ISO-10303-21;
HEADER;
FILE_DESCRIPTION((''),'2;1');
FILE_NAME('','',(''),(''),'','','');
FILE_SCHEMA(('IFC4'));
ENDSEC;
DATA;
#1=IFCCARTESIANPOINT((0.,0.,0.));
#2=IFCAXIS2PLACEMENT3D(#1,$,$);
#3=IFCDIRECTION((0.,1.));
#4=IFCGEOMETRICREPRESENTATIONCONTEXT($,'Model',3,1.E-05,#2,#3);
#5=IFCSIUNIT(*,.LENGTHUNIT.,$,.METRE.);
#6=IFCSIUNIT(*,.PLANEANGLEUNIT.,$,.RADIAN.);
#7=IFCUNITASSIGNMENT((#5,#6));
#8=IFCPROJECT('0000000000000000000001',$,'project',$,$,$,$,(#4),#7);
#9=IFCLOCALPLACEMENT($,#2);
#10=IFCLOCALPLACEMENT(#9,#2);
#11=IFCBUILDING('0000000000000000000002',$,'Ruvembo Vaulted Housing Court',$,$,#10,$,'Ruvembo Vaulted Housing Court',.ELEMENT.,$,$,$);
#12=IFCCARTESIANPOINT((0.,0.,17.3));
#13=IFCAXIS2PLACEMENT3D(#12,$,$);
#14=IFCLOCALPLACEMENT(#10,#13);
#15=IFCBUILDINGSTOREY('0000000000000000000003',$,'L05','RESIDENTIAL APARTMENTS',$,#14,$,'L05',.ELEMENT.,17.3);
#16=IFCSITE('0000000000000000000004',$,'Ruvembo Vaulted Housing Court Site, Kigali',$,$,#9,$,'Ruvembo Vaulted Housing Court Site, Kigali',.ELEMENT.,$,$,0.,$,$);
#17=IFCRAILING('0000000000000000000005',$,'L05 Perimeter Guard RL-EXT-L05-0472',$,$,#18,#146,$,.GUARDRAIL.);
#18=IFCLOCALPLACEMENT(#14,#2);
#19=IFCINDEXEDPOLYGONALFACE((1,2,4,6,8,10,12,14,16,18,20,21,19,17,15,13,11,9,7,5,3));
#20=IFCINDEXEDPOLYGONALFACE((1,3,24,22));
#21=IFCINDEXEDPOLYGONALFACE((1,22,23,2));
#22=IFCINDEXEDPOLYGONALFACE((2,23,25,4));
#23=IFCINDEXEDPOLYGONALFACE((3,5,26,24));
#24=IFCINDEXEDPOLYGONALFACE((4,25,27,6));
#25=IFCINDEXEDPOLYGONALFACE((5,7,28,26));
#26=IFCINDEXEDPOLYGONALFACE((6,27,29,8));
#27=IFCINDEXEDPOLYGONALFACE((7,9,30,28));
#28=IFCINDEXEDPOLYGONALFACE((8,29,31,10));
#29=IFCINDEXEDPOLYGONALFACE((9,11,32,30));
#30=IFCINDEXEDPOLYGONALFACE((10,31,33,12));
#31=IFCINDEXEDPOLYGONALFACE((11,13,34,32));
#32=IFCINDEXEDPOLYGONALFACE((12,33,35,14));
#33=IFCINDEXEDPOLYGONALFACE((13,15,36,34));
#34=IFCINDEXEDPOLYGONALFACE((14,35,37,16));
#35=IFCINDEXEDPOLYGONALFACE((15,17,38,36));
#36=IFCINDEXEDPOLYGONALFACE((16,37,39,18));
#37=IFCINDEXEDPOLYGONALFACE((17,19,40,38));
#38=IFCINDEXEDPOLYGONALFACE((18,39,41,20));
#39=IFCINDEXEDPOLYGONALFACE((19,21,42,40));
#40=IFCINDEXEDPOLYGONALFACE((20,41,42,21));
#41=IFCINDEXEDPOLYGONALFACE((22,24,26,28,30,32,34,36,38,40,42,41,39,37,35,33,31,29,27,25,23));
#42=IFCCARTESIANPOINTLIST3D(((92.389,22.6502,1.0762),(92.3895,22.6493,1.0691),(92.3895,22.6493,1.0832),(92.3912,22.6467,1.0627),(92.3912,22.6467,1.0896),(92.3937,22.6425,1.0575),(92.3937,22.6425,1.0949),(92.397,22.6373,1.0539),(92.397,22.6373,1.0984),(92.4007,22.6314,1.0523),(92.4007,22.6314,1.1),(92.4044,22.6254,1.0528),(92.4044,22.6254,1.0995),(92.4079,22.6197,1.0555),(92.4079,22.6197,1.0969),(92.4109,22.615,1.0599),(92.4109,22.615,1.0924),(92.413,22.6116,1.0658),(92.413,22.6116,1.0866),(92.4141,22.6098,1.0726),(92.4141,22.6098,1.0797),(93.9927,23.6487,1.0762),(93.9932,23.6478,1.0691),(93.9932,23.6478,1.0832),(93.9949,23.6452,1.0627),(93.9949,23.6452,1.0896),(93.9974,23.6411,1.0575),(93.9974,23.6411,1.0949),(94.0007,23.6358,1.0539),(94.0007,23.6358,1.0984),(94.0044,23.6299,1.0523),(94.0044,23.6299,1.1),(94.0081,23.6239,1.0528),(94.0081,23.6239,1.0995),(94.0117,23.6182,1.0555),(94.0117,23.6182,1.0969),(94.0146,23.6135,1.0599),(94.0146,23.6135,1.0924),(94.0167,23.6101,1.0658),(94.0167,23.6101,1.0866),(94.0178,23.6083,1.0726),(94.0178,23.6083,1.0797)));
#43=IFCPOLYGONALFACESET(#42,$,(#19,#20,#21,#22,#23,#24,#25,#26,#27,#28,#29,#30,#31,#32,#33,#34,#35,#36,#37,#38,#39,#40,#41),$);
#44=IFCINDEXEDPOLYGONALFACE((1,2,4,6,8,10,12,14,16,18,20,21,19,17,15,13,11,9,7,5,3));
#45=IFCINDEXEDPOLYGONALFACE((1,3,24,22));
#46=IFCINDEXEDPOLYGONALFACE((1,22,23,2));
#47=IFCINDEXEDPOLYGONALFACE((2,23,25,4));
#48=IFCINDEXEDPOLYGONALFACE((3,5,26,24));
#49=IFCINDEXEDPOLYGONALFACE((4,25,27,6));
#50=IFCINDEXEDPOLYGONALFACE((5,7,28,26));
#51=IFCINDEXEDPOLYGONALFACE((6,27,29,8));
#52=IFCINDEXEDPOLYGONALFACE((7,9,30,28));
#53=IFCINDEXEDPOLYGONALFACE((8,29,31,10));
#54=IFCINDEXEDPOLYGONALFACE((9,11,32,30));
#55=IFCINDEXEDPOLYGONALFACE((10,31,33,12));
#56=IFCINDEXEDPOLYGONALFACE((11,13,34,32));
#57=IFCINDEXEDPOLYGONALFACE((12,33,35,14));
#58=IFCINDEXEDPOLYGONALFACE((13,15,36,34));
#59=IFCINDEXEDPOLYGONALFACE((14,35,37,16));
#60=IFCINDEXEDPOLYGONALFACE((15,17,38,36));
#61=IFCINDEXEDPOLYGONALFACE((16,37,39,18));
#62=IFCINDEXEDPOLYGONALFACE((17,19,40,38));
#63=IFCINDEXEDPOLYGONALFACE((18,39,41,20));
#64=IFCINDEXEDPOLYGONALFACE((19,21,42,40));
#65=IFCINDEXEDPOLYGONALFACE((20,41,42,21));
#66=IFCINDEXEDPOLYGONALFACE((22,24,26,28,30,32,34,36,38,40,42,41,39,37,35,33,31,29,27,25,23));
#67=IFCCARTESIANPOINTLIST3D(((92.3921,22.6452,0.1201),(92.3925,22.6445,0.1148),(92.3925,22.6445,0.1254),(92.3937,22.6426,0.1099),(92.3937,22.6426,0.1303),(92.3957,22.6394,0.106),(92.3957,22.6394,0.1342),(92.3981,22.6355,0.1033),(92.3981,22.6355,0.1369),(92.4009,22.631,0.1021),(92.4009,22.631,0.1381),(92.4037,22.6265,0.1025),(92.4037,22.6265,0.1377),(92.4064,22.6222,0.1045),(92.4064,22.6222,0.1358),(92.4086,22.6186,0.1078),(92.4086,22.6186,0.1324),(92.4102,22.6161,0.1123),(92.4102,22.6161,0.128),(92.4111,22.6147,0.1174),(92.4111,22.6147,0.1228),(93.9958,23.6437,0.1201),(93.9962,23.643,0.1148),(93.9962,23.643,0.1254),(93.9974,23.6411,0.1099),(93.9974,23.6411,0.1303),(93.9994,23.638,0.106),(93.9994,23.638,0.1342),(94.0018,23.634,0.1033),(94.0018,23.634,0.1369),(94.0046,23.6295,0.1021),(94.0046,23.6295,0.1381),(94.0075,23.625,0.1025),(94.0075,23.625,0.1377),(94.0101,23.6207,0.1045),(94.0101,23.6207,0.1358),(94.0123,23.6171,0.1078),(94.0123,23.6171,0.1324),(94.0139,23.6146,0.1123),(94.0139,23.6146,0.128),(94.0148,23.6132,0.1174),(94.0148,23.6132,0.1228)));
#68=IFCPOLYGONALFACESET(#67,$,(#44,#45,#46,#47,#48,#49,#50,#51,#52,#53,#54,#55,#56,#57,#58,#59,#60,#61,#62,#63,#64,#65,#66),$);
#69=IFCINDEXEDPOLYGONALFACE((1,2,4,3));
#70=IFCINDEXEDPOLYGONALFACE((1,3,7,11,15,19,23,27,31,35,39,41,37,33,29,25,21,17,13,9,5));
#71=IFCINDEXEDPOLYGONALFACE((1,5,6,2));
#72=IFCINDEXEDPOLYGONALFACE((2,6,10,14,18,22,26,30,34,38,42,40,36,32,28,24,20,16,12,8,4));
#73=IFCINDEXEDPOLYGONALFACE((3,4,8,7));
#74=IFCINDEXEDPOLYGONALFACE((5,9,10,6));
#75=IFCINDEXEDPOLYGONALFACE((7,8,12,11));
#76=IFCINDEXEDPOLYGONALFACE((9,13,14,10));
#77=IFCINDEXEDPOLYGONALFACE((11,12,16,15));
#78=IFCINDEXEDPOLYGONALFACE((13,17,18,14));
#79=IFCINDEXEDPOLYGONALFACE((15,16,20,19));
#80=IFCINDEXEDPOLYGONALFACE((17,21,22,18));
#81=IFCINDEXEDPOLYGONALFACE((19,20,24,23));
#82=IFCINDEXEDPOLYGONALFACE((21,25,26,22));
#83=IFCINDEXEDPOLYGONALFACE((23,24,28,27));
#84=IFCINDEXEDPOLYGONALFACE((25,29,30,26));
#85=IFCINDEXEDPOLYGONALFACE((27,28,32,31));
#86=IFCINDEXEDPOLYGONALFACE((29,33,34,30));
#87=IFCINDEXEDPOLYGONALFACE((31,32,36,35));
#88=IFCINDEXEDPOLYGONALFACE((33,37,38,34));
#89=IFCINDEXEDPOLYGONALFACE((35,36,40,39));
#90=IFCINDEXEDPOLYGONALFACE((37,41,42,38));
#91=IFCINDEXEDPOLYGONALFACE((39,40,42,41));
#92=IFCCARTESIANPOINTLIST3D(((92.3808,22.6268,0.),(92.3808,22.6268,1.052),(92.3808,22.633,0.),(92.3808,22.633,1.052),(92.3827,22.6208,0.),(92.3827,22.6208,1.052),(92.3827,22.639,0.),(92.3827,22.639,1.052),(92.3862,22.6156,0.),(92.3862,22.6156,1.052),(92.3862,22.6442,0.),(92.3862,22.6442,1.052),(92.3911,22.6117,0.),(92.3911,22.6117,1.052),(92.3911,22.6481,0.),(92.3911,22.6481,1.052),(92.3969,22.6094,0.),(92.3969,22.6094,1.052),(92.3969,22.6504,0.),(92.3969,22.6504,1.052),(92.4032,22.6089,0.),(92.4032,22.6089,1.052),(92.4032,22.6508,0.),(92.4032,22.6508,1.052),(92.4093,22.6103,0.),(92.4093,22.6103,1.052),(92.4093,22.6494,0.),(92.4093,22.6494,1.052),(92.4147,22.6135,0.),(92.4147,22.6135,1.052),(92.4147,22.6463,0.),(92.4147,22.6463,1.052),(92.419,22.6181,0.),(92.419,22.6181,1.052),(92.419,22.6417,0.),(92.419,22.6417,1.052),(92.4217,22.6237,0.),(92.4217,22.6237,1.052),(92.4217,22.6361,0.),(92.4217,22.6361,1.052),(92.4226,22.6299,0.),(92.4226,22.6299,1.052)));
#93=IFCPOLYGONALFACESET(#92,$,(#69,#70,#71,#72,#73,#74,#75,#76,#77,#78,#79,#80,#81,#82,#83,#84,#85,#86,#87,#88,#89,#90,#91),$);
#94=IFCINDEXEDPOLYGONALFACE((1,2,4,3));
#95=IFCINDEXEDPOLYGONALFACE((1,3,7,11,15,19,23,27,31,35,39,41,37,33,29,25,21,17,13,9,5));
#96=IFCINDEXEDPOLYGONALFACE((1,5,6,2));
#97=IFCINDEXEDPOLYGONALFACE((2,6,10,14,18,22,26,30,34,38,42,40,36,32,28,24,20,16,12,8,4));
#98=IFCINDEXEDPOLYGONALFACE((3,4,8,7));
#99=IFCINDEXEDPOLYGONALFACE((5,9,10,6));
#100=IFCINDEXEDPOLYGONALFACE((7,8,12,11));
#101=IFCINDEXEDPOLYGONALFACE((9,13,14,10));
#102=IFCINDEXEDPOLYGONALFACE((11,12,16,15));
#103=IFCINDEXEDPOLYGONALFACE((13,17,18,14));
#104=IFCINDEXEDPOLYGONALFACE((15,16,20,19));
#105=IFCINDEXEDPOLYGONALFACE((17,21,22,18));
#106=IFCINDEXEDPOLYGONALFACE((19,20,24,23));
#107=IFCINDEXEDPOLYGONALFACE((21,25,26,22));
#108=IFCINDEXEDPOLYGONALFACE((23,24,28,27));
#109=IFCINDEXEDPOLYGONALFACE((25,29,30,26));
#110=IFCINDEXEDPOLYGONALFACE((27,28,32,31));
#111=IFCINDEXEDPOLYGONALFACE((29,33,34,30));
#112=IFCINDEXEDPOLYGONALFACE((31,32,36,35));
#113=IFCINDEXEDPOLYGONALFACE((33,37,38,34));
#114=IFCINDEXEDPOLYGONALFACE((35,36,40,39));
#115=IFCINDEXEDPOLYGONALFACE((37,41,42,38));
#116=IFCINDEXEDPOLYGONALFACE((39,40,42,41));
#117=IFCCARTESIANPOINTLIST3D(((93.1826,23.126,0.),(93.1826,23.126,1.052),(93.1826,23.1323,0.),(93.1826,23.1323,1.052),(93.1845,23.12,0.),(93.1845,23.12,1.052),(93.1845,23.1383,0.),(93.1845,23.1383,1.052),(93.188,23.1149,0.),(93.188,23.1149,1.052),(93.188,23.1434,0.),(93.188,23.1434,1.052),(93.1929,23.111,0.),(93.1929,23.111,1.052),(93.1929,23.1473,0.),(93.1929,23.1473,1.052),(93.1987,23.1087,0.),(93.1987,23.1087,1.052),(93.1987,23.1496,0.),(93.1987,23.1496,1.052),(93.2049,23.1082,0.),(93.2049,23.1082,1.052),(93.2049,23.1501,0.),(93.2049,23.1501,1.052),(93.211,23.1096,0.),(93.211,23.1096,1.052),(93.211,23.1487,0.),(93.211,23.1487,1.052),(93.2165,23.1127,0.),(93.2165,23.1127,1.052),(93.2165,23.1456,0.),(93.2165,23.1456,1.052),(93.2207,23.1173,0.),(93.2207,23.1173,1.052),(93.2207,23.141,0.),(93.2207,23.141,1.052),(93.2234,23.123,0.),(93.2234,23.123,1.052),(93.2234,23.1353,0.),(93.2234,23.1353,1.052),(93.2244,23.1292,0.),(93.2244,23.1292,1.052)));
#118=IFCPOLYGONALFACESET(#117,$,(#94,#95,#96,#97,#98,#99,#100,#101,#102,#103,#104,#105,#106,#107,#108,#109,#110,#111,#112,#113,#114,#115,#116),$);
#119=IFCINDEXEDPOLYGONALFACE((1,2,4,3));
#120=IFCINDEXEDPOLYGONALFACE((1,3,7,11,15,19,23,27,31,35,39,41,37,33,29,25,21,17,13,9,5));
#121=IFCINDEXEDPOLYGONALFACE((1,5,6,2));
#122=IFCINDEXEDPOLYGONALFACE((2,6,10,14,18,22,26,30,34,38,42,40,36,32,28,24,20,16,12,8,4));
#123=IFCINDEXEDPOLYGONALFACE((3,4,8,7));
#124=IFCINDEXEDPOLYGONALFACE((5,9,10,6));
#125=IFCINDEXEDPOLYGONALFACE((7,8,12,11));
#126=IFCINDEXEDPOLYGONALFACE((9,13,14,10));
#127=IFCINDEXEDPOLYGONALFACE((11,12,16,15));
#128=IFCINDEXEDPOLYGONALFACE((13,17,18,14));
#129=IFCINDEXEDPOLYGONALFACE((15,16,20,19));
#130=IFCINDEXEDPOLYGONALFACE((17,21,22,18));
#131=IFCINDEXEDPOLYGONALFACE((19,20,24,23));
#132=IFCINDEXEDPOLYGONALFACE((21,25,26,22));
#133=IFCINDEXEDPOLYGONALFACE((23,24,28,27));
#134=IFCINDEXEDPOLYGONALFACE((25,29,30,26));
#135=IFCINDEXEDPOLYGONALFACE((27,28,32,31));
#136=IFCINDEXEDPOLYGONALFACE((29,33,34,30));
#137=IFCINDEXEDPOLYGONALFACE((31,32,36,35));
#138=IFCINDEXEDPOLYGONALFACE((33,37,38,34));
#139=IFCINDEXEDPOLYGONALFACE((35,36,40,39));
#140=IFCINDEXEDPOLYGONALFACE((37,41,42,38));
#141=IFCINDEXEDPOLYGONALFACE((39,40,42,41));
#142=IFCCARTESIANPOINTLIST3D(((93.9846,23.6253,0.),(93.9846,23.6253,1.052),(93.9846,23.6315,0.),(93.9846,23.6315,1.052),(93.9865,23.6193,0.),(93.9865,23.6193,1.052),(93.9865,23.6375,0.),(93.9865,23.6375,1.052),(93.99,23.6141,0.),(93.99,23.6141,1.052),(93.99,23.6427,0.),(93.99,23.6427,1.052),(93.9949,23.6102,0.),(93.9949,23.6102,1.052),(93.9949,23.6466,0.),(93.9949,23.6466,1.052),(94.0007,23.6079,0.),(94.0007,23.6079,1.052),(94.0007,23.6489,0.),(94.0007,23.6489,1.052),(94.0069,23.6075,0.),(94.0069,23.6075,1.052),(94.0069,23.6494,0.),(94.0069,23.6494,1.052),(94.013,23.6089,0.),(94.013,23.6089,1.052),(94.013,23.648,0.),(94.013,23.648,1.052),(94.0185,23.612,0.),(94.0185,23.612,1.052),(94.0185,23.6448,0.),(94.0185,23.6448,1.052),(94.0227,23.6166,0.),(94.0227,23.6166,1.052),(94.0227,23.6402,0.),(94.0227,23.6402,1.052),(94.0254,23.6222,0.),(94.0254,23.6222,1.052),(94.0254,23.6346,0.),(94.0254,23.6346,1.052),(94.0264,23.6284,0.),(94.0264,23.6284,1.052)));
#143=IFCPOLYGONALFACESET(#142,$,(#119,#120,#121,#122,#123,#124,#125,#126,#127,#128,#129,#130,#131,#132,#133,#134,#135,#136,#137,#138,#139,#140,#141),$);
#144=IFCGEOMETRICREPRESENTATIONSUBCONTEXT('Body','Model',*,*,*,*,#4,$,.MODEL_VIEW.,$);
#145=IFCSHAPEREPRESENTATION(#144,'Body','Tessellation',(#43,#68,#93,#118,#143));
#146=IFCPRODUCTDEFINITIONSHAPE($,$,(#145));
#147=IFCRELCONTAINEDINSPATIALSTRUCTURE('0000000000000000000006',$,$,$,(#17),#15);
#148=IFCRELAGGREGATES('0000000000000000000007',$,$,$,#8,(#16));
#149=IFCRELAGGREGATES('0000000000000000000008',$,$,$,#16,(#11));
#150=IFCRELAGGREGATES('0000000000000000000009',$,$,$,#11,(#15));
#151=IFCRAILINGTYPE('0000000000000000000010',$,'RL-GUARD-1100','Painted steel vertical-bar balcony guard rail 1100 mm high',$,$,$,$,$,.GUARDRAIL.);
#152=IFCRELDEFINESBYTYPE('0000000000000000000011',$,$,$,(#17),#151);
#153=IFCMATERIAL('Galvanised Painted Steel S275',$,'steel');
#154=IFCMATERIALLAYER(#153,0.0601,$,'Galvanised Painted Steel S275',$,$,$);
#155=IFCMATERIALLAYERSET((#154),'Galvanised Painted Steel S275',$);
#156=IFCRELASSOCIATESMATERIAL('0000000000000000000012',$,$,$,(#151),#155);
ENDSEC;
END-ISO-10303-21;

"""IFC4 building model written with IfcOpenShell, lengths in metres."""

from ifc_helpers import new_model, si_unit, direction, frame, origin, origin_2d, place, context, subcontext, project, spatial, circle, extrude, material, layer, layer_set, type_object, element, save


model = new_model("IFC4")

# Units and contexts
model_context = context("Model", 3, precision=1e-05, world=origin(), true_north=direction((0.0, 1.0)))
body_context = subcontext(model_context, "Body", "Model", "MODEL_VIEW")
ifc_project = project(units=[si_unit("LENGTHUNIT", "METRE"), si_unit("PLANEANGLEUNIT", "RADIAN")], contexts=[model_context])

# Site, building, storey
site_placement = place(None, origin())
site = spatial("IfcSite", under=ifc_project, at=site_placement, Name="Ruvembo Vaulted Housing Court Site, Kigali", LongName="Ruvembo Vaulted Housing Court Site, Kigali", CompositionType="ELEMENT", RefElevation=0.0)
building_placement = place(site_placement, origin())
building = spatial("IfcBuilding", under=site, at=building_placement, Name="Ruvembo Vaulted Housing Court", LongName="Ruvembo Vaulted Housing Court", CompositionType="ELEMENT")
storey_placement = place(building_placement, frame((0.0, 0.0, 17.3)))
storey = spatial("IfcBuildingStorey", under=building, at=storey_placement, Name="L05", Description="RESIDENTIAL APARTMENTS", LongName="L05", CompositionType="ELEMENT", Elevation=17.3)

# Railing
ifc_material_1 = material(Name="Galvanised Painted Steel S275", Category="steel")
ifc_layer_1 = layer(ifc_material_1, 0.0601, Name="Galvanised Painted Steel S275")
ifc_layer_set_1 = layer_set([ifc_layer_1], Name="Galvanised Painted Steel S275")
railing_type = type_object("IfcRailingType", Name="RL-GUARD-1100", Description="Painted steel vertical-bar balcony guard rail 1100 mm high", PredefinedType="GUARDRAIL", material=ifc_layer_set_1)
railing_1_placement = place(storey_placement, frame((92.4016, 22.6299, 0.0)))
element("IfcRailing", 1, at=railing_1_placement, inside=storey, type_object=railing_type, Name="L05 Perimeter Guard RL-EXT-L05-0472", PredefinedType="GUARDRAIL", context=body_context, shape_type="SweptSolid", body=[
    extrude(circle(Radius=0.0239, at=origin_2d()), frame((0.0, 0.0, 1.0762), z_axis=(0.848905, 0.528546, 0.0), x_axis=(-0.528546, 0.848905, 0.0)), (0.0, 0.0, 1.0), 1.8892),
    extrude(circle(Radius=0.0181, at=origin_2d()), frame((0.0, 0.0, 0.1201), z_axis=(0.848905, 0.528546, 0.0), x_axis=(-0.528546, 0.848905, 0.0)), (0.0, 0.0, 1.0), 1.8892),
    extrude(circle(Radius=0.021, at=origin_2d()), origin(), (0.0, 0.0, 1.0), 1.052),
    extrude(circle(Radius=0.021, at=origin_2d()), frame((0.8018, 0.4993, 0.0)), (0.0, 0.0, 1.0), 1.052),
    extrude(circle(Radius=0.021, at=origin_2d()), frame((1.6038, 0.9985, 0.0)), (0.0, 0.0, 1.0), 1.052),
])

save(model, "model.ifc")
